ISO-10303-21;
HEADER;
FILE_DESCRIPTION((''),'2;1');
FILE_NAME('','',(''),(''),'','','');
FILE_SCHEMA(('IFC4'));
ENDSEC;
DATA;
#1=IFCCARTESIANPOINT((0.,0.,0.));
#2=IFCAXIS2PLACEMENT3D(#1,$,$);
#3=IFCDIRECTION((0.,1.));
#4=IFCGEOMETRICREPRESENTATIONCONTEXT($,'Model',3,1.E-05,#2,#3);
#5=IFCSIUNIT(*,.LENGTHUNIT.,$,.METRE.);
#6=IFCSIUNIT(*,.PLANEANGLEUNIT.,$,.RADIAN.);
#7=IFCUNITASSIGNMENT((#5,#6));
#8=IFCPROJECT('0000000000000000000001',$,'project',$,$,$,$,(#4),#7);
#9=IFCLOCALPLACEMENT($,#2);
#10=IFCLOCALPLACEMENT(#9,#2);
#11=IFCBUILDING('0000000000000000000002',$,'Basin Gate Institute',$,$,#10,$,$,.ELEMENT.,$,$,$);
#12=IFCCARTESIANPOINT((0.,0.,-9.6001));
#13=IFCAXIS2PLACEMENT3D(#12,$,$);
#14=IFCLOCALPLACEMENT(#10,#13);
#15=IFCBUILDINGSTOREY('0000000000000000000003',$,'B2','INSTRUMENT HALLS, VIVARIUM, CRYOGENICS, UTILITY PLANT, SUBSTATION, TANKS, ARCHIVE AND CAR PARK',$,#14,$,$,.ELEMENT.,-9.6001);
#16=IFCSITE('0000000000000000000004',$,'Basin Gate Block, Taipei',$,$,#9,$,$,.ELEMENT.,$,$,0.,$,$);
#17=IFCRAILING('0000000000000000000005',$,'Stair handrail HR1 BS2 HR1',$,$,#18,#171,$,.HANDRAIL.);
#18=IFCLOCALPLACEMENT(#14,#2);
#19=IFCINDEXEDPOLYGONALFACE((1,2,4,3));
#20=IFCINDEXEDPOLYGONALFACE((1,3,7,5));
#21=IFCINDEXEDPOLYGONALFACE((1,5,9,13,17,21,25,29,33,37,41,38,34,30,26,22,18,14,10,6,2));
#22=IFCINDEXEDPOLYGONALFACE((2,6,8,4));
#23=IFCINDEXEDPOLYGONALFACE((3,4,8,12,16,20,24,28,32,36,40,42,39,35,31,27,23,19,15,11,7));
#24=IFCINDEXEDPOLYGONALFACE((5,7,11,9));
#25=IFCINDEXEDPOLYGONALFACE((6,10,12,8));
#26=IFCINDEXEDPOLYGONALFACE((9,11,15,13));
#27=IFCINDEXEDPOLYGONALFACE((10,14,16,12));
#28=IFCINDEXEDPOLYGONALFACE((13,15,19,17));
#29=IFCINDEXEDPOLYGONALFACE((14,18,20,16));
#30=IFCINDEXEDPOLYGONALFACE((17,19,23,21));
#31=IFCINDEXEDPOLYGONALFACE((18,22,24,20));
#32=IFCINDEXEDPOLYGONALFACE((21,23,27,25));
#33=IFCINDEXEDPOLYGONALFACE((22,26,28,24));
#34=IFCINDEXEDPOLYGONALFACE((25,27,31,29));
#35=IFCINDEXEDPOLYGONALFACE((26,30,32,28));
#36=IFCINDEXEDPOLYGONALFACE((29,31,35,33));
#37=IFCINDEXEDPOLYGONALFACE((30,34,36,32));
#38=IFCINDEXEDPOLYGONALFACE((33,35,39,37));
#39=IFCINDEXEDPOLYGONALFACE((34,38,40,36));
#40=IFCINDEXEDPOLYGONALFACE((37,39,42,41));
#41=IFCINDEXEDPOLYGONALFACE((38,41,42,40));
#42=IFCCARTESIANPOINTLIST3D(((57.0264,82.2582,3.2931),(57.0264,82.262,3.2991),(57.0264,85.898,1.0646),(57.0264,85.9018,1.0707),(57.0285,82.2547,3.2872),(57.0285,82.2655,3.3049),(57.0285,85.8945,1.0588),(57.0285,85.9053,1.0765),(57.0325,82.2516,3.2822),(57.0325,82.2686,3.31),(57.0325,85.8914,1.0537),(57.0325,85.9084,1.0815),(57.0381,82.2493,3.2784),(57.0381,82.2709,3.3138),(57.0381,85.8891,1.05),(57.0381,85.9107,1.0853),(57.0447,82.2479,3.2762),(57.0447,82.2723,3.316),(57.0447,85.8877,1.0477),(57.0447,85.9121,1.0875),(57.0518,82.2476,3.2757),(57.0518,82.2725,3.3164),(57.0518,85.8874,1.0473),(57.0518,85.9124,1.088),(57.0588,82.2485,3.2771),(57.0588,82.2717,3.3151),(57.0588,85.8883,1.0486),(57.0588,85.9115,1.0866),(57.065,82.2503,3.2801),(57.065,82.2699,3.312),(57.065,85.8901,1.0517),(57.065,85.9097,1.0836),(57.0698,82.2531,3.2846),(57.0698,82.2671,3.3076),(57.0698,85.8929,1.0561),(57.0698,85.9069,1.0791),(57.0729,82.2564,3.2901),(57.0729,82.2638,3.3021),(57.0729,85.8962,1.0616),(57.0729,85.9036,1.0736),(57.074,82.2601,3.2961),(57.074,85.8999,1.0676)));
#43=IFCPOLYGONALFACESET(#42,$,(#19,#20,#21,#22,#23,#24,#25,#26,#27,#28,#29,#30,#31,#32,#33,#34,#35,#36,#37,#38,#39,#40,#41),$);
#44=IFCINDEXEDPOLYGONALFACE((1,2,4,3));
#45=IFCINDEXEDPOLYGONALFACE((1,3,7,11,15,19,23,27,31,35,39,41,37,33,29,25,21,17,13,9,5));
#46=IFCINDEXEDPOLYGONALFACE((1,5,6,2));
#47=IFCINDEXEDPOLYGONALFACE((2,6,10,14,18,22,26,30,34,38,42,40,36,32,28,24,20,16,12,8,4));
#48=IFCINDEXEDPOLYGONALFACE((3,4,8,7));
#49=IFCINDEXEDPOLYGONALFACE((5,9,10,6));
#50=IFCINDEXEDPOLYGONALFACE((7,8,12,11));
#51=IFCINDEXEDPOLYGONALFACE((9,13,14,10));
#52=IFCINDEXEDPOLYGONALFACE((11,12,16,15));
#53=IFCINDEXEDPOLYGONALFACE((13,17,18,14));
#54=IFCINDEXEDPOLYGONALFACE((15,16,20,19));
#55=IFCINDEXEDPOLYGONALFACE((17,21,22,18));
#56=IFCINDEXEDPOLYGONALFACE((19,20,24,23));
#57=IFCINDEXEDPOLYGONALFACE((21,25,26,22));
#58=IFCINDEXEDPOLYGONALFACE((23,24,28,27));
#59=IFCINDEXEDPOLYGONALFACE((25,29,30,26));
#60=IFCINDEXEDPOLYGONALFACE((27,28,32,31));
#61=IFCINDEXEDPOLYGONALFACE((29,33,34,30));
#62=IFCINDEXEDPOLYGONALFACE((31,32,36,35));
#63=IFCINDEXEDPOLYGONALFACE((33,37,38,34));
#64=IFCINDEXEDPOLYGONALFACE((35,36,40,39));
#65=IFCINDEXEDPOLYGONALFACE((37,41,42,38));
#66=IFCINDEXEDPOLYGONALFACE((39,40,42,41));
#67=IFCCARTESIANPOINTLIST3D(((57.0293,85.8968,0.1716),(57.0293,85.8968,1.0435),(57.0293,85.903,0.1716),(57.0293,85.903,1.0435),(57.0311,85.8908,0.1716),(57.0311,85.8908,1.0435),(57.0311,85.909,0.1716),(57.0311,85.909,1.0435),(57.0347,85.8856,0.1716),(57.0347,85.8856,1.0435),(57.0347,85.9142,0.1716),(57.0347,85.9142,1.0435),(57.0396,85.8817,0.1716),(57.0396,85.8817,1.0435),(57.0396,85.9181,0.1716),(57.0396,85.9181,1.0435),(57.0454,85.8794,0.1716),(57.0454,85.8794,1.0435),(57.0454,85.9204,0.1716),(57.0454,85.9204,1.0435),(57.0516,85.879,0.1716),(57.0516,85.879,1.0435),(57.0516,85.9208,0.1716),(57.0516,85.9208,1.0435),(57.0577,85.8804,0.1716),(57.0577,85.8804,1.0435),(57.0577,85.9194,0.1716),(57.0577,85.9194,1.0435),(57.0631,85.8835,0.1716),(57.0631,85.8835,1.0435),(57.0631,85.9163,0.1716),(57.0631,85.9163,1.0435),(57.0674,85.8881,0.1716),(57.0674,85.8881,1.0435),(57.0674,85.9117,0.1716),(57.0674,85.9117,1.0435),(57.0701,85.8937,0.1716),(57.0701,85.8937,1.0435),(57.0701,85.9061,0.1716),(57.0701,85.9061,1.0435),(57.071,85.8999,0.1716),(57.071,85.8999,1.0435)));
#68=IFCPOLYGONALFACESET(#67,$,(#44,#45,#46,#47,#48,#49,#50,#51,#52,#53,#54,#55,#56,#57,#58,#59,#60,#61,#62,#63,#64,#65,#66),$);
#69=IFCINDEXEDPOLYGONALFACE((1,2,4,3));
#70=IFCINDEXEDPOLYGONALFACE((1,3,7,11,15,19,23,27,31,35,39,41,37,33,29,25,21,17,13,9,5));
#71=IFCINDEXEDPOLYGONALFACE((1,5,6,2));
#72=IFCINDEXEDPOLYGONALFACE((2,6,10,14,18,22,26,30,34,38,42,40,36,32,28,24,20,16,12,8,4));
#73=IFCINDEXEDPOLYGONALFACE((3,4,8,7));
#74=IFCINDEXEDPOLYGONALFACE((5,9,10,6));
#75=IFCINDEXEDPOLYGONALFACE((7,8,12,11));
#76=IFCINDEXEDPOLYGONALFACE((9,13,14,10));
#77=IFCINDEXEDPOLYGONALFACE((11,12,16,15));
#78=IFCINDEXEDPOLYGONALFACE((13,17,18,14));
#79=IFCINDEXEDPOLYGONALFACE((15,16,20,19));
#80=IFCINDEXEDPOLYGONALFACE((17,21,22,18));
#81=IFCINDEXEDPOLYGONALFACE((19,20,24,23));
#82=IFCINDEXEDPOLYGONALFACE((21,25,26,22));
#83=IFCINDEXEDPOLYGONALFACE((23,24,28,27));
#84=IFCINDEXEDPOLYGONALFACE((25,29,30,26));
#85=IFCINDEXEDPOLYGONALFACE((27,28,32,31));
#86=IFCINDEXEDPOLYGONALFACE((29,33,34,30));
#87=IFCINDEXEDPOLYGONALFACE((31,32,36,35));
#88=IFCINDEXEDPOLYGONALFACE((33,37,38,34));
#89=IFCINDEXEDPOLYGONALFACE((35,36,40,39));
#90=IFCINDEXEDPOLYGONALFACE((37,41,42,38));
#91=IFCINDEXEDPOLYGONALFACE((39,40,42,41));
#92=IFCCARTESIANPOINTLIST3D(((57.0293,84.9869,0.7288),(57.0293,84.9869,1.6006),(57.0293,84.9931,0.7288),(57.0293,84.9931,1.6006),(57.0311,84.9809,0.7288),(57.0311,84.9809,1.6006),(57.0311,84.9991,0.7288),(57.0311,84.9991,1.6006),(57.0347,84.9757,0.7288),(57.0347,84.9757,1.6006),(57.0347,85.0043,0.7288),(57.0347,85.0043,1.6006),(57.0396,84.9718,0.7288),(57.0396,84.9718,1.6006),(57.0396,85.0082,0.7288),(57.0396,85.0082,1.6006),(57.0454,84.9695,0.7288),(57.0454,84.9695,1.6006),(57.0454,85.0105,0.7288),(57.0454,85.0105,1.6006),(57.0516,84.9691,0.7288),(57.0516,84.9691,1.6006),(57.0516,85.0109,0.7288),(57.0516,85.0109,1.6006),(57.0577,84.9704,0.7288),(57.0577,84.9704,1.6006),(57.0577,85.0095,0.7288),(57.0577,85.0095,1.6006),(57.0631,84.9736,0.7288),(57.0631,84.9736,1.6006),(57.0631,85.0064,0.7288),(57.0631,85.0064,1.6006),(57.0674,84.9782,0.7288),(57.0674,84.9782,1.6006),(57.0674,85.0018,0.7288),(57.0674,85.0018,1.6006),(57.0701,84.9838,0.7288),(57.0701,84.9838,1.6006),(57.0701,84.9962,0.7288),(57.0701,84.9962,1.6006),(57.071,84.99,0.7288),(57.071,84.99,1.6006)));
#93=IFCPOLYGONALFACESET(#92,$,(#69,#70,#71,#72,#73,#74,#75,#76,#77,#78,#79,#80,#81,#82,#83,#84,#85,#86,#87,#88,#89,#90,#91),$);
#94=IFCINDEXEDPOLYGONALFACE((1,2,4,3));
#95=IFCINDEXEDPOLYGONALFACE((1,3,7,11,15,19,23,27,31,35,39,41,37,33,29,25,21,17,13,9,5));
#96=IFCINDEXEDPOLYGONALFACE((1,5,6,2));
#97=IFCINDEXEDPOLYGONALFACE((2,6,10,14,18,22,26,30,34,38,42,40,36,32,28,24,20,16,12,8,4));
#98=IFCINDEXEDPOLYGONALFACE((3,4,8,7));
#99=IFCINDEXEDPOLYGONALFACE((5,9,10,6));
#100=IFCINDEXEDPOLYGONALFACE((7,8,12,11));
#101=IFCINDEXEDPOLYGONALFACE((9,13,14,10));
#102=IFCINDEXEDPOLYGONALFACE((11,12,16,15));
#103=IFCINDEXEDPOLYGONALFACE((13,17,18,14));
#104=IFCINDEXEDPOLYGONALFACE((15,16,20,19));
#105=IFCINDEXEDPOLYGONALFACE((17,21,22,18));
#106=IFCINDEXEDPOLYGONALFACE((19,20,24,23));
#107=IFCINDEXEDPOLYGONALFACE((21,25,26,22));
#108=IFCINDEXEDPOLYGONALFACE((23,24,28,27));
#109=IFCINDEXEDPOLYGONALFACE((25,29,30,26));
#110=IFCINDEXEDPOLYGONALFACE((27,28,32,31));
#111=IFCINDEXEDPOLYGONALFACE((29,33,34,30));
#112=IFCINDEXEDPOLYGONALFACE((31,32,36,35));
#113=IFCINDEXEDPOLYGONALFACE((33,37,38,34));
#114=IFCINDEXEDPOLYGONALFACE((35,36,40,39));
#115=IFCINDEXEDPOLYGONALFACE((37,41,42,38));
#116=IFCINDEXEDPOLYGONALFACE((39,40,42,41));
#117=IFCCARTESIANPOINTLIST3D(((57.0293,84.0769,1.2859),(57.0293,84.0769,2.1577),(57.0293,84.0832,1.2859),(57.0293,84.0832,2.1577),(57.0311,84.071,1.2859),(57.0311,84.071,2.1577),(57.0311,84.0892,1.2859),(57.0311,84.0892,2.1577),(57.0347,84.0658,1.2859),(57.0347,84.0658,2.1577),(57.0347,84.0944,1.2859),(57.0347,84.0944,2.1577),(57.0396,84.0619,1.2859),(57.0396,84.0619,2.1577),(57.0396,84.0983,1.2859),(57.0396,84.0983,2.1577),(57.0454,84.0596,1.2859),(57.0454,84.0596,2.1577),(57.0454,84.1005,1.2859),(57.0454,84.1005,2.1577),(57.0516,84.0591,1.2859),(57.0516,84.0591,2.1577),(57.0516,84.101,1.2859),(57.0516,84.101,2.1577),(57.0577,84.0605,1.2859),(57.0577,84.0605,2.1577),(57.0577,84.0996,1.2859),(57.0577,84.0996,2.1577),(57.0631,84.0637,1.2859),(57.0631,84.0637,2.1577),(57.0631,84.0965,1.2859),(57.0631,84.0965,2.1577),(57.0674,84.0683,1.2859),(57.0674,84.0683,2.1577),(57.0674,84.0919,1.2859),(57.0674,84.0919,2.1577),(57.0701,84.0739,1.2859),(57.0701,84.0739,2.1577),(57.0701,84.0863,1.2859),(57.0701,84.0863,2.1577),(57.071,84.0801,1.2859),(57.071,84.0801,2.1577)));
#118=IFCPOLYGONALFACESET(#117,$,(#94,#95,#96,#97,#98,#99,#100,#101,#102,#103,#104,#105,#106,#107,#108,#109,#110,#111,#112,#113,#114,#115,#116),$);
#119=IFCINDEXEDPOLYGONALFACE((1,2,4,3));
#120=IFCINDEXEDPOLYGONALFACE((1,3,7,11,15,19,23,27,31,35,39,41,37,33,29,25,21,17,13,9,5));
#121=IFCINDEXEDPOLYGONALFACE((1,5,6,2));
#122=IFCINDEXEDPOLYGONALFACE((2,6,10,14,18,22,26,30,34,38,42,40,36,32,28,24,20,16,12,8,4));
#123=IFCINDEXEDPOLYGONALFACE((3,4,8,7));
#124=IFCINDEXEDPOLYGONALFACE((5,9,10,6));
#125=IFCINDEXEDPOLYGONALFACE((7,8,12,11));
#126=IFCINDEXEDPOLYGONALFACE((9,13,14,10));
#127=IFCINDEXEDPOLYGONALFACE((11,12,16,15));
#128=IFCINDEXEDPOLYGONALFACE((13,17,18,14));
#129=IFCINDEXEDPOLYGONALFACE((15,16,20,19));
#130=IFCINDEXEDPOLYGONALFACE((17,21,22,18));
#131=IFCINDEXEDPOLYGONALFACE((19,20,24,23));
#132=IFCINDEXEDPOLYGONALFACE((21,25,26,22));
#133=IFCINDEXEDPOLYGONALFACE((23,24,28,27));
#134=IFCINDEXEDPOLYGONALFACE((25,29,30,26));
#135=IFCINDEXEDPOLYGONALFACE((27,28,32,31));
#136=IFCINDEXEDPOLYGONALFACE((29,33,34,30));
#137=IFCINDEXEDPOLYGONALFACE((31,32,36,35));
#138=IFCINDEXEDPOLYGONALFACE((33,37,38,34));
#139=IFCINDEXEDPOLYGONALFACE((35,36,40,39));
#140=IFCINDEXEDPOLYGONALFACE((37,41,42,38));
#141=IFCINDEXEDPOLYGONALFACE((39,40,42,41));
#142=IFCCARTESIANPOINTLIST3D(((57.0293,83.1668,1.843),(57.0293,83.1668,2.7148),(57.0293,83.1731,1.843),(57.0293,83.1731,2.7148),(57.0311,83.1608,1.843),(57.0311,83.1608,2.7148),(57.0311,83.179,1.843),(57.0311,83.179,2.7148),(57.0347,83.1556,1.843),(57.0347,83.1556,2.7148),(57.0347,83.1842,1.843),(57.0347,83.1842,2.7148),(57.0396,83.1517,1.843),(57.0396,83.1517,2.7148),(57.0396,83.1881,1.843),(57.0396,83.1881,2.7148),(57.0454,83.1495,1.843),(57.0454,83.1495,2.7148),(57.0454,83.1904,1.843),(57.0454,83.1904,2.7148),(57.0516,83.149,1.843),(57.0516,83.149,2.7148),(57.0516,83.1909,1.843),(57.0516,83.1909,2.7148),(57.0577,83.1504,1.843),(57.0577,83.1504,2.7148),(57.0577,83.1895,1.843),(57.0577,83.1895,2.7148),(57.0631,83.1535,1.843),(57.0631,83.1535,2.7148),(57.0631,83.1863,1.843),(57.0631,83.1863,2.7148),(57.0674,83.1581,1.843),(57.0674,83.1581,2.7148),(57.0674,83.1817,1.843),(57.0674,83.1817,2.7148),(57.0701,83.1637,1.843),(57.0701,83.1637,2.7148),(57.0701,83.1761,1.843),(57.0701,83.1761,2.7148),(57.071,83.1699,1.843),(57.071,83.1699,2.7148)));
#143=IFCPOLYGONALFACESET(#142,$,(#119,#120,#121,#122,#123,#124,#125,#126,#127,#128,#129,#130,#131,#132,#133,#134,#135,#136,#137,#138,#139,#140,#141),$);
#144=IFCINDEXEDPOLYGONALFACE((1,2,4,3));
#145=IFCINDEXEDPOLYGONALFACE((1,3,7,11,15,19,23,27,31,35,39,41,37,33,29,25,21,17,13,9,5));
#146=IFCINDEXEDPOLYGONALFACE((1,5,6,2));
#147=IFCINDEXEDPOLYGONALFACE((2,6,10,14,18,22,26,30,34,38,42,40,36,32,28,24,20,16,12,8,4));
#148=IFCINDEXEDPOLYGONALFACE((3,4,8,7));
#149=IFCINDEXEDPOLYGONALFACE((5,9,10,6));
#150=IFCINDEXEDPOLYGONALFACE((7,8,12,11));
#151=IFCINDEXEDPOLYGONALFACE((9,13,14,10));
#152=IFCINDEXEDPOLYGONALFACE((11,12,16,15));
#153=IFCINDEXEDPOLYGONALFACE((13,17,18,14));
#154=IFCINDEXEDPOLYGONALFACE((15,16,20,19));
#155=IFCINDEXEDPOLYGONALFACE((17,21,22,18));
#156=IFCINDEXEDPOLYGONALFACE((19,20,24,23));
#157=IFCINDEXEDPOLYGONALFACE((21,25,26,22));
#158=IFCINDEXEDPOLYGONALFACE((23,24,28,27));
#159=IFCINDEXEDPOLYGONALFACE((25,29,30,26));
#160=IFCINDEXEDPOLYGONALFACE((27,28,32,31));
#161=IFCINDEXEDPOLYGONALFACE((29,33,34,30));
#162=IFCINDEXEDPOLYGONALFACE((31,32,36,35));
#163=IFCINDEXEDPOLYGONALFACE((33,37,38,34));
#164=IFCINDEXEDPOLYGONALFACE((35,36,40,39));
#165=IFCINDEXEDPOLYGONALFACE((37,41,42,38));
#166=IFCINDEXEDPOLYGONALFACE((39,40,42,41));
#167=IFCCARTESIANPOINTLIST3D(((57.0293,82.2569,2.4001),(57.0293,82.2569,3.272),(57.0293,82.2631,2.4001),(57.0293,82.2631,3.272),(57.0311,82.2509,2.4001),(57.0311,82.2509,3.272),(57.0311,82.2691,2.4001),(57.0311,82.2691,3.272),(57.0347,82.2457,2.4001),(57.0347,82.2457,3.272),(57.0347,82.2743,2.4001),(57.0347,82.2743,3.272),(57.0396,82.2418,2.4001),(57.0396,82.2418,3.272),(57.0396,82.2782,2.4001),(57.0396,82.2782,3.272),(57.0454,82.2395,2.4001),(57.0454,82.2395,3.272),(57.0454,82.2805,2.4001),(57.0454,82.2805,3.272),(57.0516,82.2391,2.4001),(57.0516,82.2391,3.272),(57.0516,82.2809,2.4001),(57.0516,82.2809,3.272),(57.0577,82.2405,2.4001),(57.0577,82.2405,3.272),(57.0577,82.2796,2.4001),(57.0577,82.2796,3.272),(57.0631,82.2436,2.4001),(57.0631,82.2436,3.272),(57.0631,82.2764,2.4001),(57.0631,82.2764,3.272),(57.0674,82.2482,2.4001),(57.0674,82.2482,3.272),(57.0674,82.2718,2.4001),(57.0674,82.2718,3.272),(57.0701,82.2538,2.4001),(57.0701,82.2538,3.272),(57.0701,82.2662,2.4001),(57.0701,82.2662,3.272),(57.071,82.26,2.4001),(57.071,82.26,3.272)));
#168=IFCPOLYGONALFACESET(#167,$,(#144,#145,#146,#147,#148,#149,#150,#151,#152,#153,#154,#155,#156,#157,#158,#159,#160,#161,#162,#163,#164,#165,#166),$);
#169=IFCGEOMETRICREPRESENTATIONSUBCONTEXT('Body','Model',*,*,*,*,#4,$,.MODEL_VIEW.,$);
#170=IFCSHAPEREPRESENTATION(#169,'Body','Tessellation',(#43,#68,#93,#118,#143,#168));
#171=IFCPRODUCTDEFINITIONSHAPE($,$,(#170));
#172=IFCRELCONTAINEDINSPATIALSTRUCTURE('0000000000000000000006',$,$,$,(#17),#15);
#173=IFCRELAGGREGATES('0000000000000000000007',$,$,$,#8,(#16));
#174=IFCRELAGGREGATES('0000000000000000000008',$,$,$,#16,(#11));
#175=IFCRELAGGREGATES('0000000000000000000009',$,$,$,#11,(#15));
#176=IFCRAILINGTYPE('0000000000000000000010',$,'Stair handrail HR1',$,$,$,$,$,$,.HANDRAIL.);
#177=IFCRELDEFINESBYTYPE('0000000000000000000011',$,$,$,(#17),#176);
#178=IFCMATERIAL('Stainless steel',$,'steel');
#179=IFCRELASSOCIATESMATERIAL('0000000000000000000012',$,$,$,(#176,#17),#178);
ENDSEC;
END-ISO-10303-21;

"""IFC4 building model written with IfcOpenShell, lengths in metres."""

from ifc_helpers import new_model, si_unit, direction, frame, origin, origin_2d, place, context, subcontext, project, spatial, circle, extrude, material, type_object, element, save


model = new_model("IFC4")

# Units and contexts
model_context = context("Model", 3, precision=1e-05, world=origin(), true_north=direction((0.0, 1.0)))
body_context = subcontext(model_context, "Body", "Model", "MODEL_VIEW")
ifc_project = project(units=[si_unit("LENGTHUNIT", "METRE"), si_unit("PLANEANGLEUNIT", "RADIAN")], contexts=[model_context])

# Site, building, storey
site_placement = place(None, origin())
site = spatial("IfcSite", under=ifc_project, at=site_placement, Name="Basin Gate Block, Taipei", CompositionType="ELEMENT", RefElevation=0.0)
building_placement = place(site_placement, origin())
building = spatial("IfcBuilding", under=site, at=building_placement, Name="Basin Gate Institute", CompositionType="ELEMENT")
storey_placement = place(building_placement, frame((0.0, 0.0, -9.6001)))
storey = spatial("IfcBuildingStorey", under=building, at=storey_placement, Name="B2", Description="INSTRUMENT HALLS, VIVARIUM, CRYOGENICS, UTILITY PLANT, SUBSTATION, TANKS, ARCHIVE AND CAR PARK", CompositionType="ELEMENT", Elevation=-9.6001)

# Railing
ifc_material_1 = material(Name="Stainless steel", Category="steel")
railing_type_1 = type_object("IfcRailingType", Name="Stair handrail HR1", PredefinedType="HANDRAIL", material=ifc_material_1)
railing_1_placement = place(storey_placement, frame((57.05, 85.8999, 0.1716)))
element("IfcRailing", 1, at=railing_1_placement, inside=storey, type_object=railing_type_1, material=ifc_material_1, Name="Stair handrail HR1 BS2 HR1", PredefinedType="HANDRAIL", context=body_context, shape_type="SweptSolid", body=[
    extrude(circle(Radius=0.0239, at=origin_2d()), frame((0.0, 0.0, 0.896), z_axis=(0.0, -0.85285, 0.522156), x_axis=(1.0, 0.0, 0.0)), (0.0, 0.0, 1.0), 4.2678),
    extrude(circle(Radius=0.021, at=origin_2d()), origin(), (0.0, 0.0, 1.0), 0.8718),
    extrude(circle(Radius=0.021, at=origin_2d()), frame((0.0, -0.9099, 0.5571)), (0.0, 0.0, 1.0), 0.8718),
    extrude(circle(Radius=0.021, at=origin_2d()), frame((0.0, -1.8198, 1.1143)), (0.0, 0.0, 1.0), 0.8718),
    extrude(circle(Radius=0.021, at=origin_2d()), frame((0.0, -2.73, 1.6714)), (0.0, 0.0, 1.0), 0.8718),
    extrude(circle(Radius=0.021, at=origin_2d()), frame((0.0, -3.6399, 2.2285)), (0.0, 0.0, 1.0), 0.8718),
])

save(model, "model.ifc")
